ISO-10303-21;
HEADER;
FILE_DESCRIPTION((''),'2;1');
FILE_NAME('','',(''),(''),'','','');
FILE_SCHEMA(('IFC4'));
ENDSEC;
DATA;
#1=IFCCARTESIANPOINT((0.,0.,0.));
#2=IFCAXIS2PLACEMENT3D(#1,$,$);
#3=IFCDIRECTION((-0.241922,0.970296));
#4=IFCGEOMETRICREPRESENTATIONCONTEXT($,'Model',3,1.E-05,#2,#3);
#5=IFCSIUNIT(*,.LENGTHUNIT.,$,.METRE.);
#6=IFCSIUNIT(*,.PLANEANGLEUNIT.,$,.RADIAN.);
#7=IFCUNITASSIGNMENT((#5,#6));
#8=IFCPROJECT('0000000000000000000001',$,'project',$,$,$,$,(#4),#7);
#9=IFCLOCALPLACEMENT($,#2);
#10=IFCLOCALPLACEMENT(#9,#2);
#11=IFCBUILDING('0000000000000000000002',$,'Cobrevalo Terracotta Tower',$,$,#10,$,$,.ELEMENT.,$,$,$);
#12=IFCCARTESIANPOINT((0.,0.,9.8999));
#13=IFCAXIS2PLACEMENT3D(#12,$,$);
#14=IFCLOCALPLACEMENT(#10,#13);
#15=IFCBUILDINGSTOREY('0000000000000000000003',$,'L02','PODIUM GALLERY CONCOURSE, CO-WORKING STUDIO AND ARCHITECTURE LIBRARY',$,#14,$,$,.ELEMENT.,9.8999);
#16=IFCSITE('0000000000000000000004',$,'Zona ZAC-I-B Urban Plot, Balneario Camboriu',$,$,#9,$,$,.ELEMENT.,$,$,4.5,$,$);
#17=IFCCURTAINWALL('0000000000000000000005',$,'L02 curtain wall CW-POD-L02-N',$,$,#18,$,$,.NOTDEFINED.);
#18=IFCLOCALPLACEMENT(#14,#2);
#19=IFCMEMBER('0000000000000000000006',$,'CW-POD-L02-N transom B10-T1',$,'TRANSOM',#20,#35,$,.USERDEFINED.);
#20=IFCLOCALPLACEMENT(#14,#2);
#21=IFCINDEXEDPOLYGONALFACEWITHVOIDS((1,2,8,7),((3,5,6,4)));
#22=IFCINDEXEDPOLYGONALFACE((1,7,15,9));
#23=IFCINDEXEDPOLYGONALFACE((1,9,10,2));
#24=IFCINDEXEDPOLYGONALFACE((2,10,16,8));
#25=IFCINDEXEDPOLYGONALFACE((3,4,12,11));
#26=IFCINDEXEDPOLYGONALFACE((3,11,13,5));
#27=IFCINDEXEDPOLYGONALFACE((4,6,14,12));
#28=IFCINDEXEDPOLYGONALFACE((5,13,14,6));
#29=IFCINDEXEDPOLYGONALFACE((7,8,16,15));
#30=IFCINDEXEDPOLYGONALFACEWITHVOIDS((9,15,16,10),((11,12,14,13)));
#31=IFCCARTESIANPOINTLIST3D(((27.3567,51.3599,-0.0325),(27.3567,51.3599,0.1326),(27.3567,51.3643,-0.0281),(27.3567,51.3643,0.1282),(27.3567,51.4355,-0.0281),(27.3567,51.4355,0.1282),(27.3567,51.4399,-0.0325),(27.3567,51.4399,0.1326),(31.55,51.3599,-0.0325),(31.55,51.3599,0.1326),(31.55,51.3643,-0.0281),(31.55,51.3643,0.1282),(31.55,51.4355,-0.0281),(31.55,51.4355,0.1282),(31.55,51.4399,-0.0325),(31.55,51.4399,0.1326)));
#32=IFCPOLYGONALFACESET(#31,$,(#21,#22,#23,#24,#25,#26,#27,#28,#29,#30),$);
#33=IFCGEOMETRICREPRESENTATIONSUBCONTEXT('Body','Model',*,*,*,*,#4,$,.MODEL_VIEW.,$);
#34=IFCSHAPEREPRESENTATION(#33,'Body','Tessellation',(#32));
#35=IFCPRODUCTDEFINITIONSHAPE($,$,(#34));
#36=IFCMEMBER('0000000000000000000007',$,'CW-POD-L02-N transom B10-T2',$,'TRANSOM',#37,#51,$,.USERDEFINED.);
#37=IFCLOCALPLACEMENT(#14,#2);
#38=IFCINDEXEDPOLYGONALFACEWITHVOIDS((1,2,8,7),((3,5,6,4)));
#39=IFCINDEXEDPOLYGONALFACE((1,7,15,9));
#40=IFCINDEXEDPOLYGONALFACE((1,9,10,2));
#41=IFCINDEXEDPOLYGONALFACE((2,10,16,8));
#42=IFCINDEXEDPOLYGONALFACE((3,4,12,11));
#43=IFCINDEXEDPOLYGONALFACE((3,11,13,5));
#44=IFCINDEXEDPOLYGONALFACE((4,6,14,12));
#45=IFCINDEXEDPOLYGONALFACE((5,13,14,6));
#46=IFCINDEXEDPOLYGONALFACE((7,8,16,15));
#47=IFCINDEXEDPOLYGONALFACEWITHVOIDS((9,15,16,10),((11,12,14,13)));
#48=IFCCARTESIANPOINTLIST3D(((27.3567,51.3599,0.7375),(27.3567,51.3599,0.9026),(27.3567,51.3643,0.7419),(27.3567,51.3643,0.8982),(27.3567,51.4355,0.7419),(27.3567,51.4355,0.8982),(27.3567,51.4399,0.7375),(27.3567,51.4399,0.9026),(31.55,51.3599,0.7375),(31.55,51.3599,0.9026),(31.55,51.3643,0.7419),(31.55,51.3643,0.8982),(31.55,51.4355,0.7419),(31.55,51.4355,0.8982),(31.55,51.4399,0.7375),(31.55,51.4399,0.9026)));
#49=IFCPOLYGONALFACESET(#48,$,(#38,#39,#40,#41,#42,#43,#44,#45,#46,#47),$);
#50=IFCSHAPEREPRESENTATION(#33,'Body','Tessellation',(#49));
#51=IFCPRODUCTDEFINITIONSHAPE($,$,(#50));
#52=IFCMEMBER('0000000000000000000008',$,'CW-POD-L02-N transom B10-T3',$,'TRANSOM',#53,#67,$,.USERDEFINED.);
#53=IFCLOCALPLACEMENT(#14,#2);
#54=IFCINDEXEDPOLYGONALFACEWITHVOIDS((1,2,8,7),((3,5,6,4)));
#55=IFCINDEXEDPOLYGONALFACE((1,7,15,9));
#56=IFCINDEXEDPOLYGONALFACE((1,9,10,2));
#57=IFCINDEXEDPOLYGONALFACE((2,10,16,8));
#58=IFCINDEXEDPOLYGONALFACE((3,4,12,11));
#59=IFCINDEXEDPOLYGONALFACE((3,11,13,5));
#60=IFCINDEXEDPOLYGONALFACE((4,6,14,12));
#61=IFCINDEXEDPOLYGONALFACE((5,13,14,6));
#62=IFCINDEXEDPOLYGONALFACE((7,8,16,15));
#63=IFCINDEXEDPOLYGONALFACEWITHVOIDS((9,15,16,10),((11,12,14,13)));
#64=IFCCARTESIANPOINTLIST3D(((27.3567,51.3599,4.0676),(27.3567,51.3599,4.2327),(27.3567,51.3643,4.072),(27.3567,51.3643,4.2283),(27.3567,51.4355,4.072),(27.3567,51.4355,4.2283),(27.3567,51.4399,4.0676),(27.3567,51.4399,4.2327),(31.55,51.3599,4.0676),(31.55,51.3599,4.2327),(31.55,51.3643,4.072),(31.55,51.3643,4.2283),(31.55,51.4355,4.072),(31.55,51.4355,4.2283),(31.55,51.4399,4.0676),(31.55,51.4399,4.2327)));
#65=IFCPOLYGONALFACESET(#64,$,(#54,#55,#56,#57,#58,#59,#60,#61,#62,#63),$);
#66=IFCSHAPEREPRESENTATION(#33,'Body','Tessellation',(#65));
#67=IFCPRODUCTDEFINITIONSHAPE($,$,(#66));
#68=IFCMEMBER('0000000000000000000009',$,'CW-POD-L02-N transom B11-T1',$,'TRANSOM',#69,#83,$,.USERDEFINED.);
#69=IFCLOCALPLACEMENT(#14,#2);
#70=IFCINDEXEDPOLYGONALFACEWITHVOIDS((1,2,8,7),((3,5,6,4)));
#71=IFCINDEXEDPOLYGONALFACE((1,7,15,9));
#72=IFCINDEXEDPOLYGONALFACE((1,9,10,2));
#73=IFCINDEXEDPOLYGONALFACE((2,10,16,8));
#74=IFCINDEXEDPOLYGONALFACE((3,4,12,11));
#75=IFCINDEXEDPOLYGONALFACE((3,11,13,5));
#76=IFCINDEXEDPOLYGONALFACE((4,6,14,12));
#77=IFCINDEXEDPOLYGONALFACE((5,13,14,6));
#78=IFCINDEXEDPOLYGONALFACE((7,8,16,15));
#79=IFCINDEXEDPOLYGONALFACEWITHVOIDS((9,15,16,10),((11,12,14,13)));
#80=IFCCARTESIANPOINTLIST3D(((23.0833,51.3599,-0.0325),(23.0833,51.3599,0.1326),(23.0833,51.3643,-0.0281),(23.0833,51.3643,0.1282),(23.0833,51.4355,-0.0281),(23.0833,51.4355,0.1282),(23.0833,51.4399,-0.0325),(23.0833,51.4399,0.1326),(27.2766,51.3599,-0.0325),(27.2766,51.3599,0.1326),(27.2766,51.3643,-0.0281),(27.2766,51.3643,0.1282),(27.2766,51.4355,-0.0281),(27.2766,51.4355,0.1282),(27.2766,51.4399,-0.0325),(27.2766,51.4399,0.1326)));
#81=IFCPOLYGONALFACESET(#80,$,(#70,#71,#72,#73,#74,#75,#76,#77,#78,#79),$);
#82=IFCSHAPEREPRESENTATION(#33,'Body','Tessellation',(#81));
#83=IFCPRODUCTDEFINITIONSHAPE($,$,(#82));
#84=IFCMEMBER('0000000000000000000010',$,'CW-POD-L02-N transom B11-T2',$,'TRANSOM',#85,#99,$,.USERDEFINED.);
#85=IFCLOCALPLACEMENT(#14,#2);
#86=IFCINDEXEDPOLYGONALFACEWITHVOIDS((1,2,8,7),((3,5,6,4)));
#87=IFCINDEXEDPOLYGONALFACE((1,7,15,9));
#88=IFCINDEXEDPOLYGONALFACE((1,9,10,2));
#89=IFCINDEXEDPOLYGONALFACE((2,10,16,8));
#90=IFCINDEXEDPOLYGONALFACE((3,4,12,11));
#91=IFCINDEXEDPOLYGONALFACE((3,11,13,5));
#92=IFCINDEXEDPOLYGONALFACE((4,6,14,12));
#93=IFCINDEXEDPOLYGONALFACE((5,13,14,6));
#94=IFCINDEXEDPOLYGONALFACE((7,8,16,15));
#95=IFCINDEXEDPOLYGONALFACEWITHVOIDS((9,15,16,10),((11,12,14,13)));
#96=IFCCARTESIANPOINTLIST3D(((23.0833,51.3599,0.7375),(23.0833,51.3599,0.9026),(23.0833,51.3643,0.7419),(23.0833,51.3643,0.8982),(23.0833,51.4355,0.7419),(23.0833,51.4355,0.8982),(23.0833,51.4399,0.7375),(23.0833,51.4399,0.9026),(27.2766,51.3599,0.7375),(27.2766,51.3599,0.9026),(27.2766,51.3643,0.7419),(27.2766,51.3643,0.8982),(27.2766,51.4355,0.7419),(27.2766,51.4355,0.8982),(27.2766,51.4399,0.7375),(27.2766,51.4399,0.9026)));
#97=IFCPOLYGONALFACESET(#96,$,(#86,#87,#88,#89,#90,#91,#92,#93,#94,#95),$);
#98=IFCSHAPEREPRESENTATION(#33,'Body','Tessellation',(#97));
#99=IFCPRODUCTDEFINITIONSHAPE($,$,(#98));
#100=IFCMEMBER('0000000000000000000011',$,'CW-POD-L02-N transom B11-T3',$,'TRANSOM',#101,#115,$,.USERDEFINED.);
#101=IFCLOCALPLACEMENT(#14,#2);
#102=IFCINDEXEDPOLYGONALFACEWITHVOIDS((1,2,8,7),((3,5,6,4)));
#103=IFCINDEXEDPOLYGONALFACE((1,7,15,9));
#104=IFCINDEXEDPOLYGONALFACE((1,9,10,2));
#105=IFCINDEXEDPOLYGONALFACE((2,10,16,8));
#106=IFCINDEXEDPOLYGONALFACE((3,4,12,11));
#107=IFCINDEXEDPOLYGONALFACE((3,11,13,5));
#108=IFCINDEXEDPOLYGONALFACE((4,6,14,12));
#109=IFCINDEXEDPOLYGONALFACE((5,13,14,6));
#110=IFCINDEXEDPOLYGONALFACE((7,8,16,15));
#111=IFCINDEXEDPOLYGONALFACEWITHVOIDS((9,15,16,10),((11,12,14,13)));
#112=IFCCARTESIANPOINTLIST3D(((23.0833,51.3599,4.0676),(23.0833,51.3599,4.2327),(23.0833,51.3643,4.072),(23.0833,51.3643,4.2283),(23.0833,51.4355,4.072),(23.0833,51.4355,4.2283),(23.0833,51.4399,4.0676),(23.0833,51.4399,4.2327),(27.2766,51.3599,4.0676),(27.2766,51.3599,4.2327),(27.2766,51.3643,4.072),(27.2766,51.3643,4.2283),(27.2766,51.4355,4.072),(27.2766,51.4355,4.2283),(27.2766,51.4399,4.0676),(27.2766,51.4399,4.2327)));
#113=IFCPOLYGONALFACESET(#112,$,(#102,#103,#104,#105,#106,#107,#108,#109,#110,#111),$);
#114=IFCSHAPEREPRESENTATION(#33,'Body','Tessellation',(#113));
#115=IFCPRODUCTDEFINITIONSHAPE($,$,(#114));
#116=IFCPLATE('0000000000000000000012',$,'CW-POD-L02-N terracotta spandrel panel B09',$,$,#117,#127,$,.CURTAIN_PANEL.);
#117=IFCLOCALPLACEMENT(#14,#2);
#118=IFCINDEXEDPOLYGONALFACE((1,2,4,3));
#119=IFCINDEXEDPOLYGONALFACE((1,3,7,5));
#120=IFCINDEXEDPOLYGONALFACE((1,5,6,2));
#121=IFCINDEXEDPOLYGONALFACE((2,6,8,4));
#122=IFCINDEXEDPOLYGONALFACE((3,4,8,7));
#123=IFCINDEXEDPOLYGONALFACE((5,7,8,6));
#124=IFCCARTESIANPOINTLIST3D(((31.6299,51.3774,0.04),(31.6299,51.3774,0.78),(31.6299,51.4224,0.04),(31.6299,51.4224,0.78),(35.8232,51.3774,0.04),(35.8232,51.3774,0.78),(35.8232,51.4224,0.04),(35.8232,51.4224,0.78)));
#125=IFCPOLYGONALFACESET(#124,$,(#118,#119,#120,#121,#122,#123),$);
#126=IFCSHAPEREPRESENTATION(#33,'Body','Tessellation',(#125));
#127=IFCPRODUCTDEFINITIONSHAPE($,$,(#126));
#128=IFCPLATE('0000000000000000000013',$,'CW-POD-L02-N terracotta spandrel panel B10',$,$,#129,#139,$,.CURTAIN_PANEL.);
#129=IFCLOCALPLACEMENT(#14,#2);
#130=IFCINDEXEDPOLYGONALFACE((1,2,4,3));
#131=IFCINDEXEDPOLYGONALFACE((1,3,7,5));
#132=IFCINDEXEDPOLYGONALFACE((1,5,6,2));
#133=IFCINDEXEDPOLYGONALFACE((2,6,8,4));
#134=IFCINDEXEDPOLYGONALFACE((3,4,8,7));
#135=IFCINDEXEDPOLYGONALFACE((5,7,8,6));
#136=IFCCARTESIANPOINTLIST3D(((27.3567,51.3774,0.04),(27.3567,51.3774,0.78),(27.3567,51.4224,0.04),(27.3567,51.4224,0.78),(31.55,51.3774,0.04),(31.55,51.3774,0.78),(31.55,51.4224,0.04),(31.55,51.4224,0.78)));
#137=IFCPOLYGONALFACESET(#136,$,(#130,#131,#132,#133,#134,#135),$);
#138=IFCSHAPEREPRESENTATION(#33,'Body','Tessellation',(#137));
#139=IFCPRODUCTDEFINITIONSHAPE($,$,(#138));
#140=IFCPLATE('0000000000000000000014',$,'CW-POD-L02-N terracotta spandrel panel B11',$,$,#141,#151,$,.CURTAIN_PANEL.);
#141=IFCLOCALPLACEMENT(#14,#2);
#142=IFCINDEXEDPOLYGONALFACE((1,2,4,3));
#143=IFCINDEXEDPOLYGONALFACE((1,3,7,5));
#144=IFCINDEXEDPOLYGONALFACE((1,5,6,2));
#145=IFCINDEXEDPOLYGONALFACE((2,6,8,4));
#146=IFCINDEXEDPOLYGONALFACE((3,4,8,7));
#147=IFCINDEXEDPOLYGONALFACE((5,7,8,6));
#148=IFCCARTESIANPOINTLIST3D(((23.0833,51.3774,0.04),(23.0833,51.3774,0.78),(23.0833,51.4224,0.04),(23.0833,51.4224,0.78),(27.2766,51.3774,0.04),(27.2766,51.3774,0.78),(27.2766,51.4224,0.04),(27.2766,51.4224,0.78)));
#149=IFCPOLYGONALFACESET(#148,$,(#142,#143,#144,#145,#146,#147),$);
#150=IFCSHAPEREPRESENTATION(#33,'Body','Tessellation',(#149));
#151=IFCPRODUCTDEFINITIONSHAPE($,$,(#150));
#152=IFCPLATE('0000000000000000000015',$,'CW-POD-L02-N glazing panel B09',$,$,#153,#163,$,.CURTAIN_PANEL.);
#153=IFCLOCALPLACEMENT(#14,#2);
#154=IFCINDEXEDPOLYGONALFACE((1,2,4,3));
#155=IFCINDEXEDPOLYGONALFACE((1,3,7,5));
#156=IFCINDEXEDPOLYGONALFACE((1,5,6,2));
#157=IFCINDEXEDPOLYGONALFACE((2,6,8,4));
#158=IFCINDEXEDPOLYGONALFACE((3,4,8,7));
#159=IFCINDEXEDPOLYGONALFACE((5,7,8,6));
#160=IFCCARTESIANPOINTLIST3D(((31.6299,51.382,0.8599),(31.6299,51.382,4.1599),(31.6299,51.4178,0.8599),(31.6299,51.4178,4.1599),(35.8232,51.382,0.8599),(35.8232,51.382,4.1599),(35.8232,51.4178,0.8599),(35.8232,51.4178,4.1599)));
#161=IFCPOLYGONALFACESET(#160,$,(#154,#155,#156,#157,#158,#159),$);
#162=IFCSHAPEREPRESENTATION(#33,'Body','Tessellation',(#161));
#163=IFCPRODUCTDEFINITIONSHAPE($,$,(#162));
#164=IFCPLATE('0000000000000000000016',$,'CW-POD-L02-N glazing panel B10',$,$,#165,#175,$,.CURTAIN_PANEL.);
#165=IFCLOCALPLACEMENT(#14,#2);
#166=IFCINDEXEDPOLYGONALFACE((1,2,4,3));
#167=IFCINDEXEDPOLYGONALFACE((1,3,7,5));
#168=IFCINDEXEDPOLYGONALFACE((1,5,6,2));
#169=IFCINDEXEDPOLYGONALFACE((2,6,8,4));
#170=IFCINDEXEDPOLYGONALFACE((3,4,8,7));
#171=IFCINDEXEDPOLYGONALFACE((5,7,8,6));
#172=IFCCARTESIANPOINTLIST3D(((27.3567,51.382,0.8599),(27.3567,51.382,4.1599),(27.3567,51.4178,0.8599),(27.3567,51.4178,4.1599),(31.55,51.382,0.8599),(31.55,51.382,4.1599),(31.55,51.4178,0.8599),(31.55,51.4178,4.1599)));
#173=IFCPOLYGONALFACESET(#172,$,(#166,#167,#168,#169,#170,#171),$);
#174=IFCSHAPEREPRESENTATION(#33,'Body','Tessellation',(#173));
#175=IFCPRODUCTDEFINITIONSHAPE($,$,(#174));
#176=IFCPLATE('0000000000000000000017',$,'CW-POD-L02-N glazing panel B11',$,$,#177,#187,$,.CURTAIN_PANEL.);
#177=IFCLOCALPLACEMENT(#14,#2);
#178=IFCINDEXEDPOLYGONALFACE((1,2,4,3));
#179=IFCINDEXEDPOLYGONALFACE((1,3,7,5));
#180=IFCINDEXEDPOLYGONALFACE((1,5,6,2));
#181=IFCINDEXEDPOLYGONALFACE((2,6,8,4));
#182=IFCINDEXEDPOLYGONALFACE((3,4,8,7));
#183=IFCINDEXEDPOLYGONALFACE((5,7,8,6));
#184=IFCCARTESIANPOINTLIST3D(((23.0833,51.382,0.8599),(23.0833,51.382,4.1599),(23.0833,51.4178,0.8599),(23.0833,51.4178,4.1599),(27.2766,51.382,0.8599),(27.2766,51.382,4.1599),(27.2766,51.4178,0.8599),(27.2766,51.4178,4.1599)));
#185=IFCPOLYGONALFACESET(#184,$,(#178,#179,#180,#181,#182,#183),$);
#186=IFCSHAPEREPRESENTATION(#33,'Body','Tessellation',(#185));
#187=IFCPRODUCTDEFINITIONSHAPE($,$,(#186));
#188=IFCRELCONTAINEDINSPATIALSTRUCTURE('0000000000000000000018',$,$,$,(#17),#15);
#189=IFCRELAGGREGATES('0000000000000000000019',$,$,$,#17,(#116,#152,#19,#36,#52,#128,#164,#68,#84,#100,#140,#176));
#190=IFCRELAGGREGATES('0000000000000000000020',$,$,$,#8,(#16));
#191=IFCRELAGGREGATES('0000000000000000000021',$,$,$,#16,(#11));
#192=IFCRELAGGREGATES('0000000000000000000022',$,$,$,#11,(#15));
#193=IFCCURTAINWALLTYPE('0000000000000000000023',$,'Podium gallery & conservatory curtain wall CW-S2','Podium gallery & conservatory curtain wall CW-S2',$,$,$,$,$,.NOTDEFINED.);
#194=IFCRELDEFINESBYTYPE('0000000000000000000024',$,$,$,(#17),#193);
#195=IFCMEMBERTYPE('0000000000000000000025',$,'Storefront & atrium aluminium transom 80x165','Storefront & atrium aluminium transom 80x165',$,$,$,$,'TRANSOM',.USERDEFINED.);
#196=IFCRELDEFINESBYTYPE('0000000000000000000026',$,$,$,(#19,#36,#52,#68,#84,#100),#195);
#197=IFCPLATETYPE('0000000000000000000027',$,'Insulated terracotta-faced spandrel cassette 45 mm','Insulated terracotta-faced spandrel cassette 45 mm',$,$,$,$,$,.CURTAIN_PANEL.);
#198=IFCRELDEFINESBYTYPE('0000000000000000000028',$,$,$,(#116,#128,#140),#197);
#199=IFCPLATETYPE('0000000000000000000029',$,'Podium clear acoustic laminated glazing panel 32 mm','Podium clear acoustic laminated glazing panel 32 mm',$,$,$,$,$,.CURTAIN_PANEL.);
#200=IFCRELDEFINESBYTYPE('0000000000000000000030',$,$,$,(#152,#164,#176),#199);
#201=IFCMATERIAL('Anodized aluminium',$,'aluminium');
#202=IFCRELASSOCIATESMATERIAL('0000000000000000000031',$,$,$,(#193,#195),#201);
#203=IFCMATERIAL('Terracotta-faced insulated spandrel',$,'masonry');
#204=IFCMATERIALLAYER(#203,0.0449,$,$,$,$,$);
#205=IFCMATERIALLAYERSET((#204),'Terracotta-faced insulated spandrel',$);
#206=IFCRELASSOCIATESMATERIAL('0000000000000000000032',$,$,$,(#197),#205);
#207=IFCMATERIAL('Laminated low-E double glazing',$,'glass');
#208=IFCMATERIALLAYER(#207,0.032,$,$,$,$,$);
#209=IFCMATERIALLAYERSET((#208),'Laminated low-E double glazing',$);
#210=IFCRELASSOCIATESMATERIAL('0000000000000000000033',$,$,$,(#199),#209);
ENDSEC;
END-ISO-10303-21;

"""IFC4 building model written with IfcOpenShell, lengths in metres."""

from ifc_helpers import new_model, si_unit, direction, frame, origin, origin_2d, place, context, subcontext, project, spatial, rectangle, hollow_rectangle, extrude, source, transform, mapped, material, layer, layer_set, material_profile, profile_set, type_object, element, aggregate, save


model = new_model("IFC4")

# Units and contexts
model_context = context("Model", 3, precision=1e-05, world=origin(), true_north=direction((-0.241922, 0.970296)))
body_context = subcontext(model_context, "Body", "Model", "MODEL_VIEW")
ifc_project = project(units=[si_unit("LENGTHUNIT", "METRE"), si_unit("PLANEANGLEUNIT", "RADIAN")], contexts=[model_context])

# Site, building, storey
site_placement = place(None, origin())
site = spatial("IfcSite", under=ifc_project, at=site_placement, Name="Zona ZAC-I-B Urban Plot, Balneario Camboriu", CompositionType="ELEMENT", RefElevation=4.5)
building_placement = place(site_placement, origin())
building = spatial("IfcBuilding", under=site, at=building_placement, Name="Cobrevalo Terracotta Tower", CompositionType="ELEMENT")
storey_placement = place(building_placement, frame((0.0, 0.0, 9.8999)))
storey = spatial("IfcBuildingStorey", under=building, at=storey_placement, Name="L02", Description="PODIUM GALLERY CONCOURSE, CO-WORKING STUDIO AND ARCHITECTURE LIBRARY", CompositionType="ELEMENT", Elevation=9.8999)

# Curtain wall, members, plates
ifc_material_1 = material(Name="Anodized aluminium", Category="aluminium")
curtain_wall_type = type_object("IfcCurtainWallType", Name="Podium gallery & conservatory curtain wall CW-S2", Description="Podium gallery & conservatory curtain wall CW-S2", PredefinedType="NOTDEFINED", material=ifc_material_1)
curtain_wall_placement = place(storey_placement, origin())
curtain_wall = element("IfcCurtainWall", 1, at=curtain_wall_placement, inside=storey, type_object=curtain_wall_type, Name="L02 curtain wall CW-POD-L02-N", PredefinedType="NOTDEFINED")
ifc_material_profile_1 = material_profile(ifc_material_1, hollow_rectangle(XDim=0.0801, YDim=0.165, WallThickness=0.0044, at=origin_2d()), Name="CWT 80x165")
ifc_profile_set_1 = profile_set([ifc_material_profile_1], Name="Anodized aluminium")
member_type_1 = type_object("IfcMemberType", Name="Storefront & atrium aluminium transom 80x165", Description="Storefront & atrium aluminium transom 80x165", ElementType="TRANSOM", PredefinedType="USERDEFINED", material=ifc_profile_set_1)
shared_shape_1 = source(origin(), body_context, "Body", "SweptSolid", [
    extrude(hollow_rectangle(XDim=0.0801, YDim=0.165, WallThickness=0.0044, at=origin_2d()), origin(), (0.0, 0.0, 1.0), 4.1934),
])
member_1_placement = place(storey_placement, frame((31.55, 51.3999, 0.05), z_axis=(-1.0, 0.0, 0.0), x_axis=(0.0, -1.0, 0.0)))
member_1 = element("IfcMember", 2, at=member_1_placement, type_object=member_type_1, Name="CW-POD-L02-N transom B10-T1", ObjectType="TRANSOM", PredefinedType="USERDEFINED", context=body_context, shape_type="MappedRepresentation", body=[
    mapped(shared_shape_1, transform((0.0, 0.0, 0.0), scale=1.0)),
])
member_2_placement = place(storey_placement, frame((31.55, 51.3999, 0.8201), z_axis=(-1.0, 0.0, 0.0), x_axis=(0.0, -1.0, 0.0)))
member_2 = element("IfcMember", 3, at=member_2_placement, type_object=member_type_1, Name="CW-POD-L02-N transom B10-T2", ObjectType="TRANSOM", PredefinedType="USERDEFINED", context=body_context, shape_type="MappedRepresentation", body=[
    mapped(shared_shape_1, transform((0.0, 0.0, 0.0), scale=1.0)),
])
member_3_placement = place(storey_placement, frame((31.55, 51.3999, 4.1501), z_axis=(-1.0, 0.0, 0.0), x_axis=(0.0, -1.0, 0.0)))
member_3 = element("IfcMember", 4, at=member_3_placement, type_object=member_type_1, Name="CW-POD-L02-N transom B10-T3", ObjectType="TRANSOM", PredefinedType="USERDEFINED", context=body_context, shape_type="MappedRepresentation", body=[
    mapped(shared_shape_1, transform((0.0, 0.0, 0.0), scale=1.0)),
])
member_4_placement = place(storey_placement, frame((27.2766, 51.3999, 0.05), z_axis=(-1.0, 0.0, 0.0), x_axis=(0.0, -1.0, 0.0)))
member_4 = element("IfcMember", 5, at=member_4_placement, type_object=member_type_1, Name="CW-POD-L02-N transom B11-T1", ObjectType="TRANSOM", PredefinedType="USERDEFINED", context=body_context, shape_type="MappedRepresentation", body=[
    mapped(shared_shape_1, transform((0.0, 0.0, 0.0), scale=1.0)),
])
member_5_placement = place(storey_placement, frame((27.2766, 51.3999, 0.8201), z_axis=(-1.0, 0.0, 0.0), x_axis=(0.0, -1.0, 0.0)))
member_5 = element("IfcMember", 6, at=member_5_placement, type_object=member_type_1, Name="CW-POD-L02-N transom B11-T2", ObjectType="TRANSOM", PredefinedType="USERDEFINED", context=body_context, shape_type="MappedRepresentation", body=[
    mapped(shared_shape_1, transform((0.0, 0.0, 0.0), scale=1.0)),
])
member_6_placement = place(storey_placement, frame((27.2766, 51.3999, 4.1501), z_axis=(-1.0, 0.0, 0.0), x_axis=(0.0, -1.0, 0.0)))
member_6 = element("IfcMember", 7, at=member_6_placement, type_object=member_type_1, Name="CW-POD-L02-N transom B11-T3", ObjectType="TRANSOM", PredefinedType="USERDEFINED", context=body_context, shape_type="MappedRepresentation", body=[
    mapped(shared_shape_1, transform((0.0, 0.0, 0.0), scale=1.0)),
])
ifc_material_2 = material(Name="Terracotta-faced insulated spandrel", Category="masonry")
ifc_layer_1 = layer(ifc_material_2, 0.0449)
ifc_layer_set_1 = layer_set([ifc_layer_1], Name="Terracotta-faced insulated spandrel")
plate_type_1 = type_object("IfcPlateType", Name="Insulated terracotta-faced spandrel cassette 45 mm", Description="Insulated terracotta-faced spandrel cassette 45 mm", PredefinedType="CURTAIN_PANEL", material=ifc_layer_set_1)
shared_shape_2 = source(origin(), body_context, "Body", "SweptSolid", [
    extrude(rectangle(XDim=4.1934, YDim=0.0449, at=origin_2d()), origin(), (0.0, 0.0, 1.0), 0.74),
])
plate_1_placement = place(storey_placement, frame((33.7266, 51.3999, 0.04), z_axis=(0.0, 0.0, 1.0), x_axis=(-1.0, 0.0, 0.0)))
plate_1 = element("IfcPlate", 8, at=plate_1_placement, type_object=plate_type_1, Name="CW-POD-L02-N terracotta spandrel panel B09", PredefinedType="CURTAIN_PANEL", context=body_context, shape_type="MappedRepresentation", body=[
    mapped(shared_shape_2, transform((0.0, 0.0, 0.0), scale=1.0)),
])
plate_2_placement = place(storey_placement, frame((29.4534, 51.3999, 0.04), z_axis=(0.0, 0.0, 1.0), x_axis=(-1.0, 0.0, 0.0)))
plate_2 = element("IfcPlate", 9, at=plate_2_placement, type_object=plate_type_1, Name="CW-POD-L02-N terracotta spandrel panel B10", PredefinedType="CURTAIN_PANEL", context=body_context, shape_type="MappedRepresentation", body=[
    mapped(shared_shape_2, transform((0.0, 0.0, 0.0), scale=1.0)),
])
plate_3_placement = place(storey_placement, frame((25.1799, 51.3999, 0.04), z_axis=(0.0, 0.0, 1.0), x_axis=(-1.0, 0.0, 0.0)))
plate_3 = element("IfcPlate", 10, at=plate_3_placement, type_object=plate_type_1, Name="CW-POD-L02-N terracotta spandrel panel B11", PredefinedType="CURTAIN_PANEL", context=body_context, shape_type="MappedRepresentation", body=[
    mapped(shared_shape_2, transform((0.0, 0.0, 0.0), scale=1.0)),
])
ifc_material_3 = material(Name="Laminated low-E double glazing", Category="glass")
ifc_layer_2 = layer(ifc_material_3, 0.032)
ifc_layer_set_2 = layer_set([ifc_layer_2], Name="Laminated low-E double glazing")
plate_type_2 = type_object("IfcPlateType", Name="Podium clear acoustic laminated glazing panel 32 mm", Description="Podium clear acoustic laminated glazing panel 32 mm", PredefinedType="CURTAIN_PANEL", material=ifc_layer_set_2)
shared_shape_3 = source(origin(), body_context, "Body", "SweptSolid", [
    extrude(rectangle(XDim=4.1934, YDim=0.0359, at=origin_2d()), origin(), (0.0, 0.0, 1.0), 3.3),
])
plate_4_placement = place(storey_placement, frame((33.7266, 51.3999, 0.8599), z_axis=(0.0, 0.0, 1.0), x_axis=(-1.0, 0.0, 0.0)))
plate_4 = element("IfcPlate", 11, at=plate_4_placement, type_object=plate_type_2, Name="CW-POD-L02-N glazing panel B09", PredefinedType="CURTAIN_PANEL", context=body_context, shape_type="MappedRepresentation", body=[
    mapped(shared_shape_3, transform((0.0, 0.0, 0.0), scale=1.0)),
])
plate_5_placement = place(storey_placement, frame((29.4534, 51.3999, 0.8599), z_axis=(0.0, 0.0, 1.0), x_axis=(-1.0, 0.0, 0.0)))
plate_5 = element("IfcPlate", 12, at=plate_5_placement, type_object=plate_type_2, Name="CW-POD-L02-N glazing panel B10", PredefinedType="CURTAIN_PANEL", context=body_context, shape_type="MappedRepresentation", body=[
    mapped(shared_shape_3, transform((0.0, 0.0, 0.0), scale=1.0)),
])
plate_6_placement = place(storey_placement, frame((25.1799, 51.3999, 0.8599), z_axis=(0.0, 0.0, 1.0), x_axis=(-1.0, 0.0, 0.0)))
plate_6 = element("IfcPlate", 13, at=plate_6_placement, type_object=plate_type_2, Name="CW-POD-L02-N glazing panel B11", PredefinedType="CURTAIN_PANEL", context=body_context, shape_type="MappedRepresentation", body=[
    mapped(shared_shape_3, transform((0.0, 0.0, 0.0), scale=1.0)),
])
aggregate(curtain_wall, [plate_1, plate_4, member_1, member_2, member_3, plate_2, plate_5, member_4, member_5, member_6, plate_3, plate_6])

save(model, "model.ifc")
